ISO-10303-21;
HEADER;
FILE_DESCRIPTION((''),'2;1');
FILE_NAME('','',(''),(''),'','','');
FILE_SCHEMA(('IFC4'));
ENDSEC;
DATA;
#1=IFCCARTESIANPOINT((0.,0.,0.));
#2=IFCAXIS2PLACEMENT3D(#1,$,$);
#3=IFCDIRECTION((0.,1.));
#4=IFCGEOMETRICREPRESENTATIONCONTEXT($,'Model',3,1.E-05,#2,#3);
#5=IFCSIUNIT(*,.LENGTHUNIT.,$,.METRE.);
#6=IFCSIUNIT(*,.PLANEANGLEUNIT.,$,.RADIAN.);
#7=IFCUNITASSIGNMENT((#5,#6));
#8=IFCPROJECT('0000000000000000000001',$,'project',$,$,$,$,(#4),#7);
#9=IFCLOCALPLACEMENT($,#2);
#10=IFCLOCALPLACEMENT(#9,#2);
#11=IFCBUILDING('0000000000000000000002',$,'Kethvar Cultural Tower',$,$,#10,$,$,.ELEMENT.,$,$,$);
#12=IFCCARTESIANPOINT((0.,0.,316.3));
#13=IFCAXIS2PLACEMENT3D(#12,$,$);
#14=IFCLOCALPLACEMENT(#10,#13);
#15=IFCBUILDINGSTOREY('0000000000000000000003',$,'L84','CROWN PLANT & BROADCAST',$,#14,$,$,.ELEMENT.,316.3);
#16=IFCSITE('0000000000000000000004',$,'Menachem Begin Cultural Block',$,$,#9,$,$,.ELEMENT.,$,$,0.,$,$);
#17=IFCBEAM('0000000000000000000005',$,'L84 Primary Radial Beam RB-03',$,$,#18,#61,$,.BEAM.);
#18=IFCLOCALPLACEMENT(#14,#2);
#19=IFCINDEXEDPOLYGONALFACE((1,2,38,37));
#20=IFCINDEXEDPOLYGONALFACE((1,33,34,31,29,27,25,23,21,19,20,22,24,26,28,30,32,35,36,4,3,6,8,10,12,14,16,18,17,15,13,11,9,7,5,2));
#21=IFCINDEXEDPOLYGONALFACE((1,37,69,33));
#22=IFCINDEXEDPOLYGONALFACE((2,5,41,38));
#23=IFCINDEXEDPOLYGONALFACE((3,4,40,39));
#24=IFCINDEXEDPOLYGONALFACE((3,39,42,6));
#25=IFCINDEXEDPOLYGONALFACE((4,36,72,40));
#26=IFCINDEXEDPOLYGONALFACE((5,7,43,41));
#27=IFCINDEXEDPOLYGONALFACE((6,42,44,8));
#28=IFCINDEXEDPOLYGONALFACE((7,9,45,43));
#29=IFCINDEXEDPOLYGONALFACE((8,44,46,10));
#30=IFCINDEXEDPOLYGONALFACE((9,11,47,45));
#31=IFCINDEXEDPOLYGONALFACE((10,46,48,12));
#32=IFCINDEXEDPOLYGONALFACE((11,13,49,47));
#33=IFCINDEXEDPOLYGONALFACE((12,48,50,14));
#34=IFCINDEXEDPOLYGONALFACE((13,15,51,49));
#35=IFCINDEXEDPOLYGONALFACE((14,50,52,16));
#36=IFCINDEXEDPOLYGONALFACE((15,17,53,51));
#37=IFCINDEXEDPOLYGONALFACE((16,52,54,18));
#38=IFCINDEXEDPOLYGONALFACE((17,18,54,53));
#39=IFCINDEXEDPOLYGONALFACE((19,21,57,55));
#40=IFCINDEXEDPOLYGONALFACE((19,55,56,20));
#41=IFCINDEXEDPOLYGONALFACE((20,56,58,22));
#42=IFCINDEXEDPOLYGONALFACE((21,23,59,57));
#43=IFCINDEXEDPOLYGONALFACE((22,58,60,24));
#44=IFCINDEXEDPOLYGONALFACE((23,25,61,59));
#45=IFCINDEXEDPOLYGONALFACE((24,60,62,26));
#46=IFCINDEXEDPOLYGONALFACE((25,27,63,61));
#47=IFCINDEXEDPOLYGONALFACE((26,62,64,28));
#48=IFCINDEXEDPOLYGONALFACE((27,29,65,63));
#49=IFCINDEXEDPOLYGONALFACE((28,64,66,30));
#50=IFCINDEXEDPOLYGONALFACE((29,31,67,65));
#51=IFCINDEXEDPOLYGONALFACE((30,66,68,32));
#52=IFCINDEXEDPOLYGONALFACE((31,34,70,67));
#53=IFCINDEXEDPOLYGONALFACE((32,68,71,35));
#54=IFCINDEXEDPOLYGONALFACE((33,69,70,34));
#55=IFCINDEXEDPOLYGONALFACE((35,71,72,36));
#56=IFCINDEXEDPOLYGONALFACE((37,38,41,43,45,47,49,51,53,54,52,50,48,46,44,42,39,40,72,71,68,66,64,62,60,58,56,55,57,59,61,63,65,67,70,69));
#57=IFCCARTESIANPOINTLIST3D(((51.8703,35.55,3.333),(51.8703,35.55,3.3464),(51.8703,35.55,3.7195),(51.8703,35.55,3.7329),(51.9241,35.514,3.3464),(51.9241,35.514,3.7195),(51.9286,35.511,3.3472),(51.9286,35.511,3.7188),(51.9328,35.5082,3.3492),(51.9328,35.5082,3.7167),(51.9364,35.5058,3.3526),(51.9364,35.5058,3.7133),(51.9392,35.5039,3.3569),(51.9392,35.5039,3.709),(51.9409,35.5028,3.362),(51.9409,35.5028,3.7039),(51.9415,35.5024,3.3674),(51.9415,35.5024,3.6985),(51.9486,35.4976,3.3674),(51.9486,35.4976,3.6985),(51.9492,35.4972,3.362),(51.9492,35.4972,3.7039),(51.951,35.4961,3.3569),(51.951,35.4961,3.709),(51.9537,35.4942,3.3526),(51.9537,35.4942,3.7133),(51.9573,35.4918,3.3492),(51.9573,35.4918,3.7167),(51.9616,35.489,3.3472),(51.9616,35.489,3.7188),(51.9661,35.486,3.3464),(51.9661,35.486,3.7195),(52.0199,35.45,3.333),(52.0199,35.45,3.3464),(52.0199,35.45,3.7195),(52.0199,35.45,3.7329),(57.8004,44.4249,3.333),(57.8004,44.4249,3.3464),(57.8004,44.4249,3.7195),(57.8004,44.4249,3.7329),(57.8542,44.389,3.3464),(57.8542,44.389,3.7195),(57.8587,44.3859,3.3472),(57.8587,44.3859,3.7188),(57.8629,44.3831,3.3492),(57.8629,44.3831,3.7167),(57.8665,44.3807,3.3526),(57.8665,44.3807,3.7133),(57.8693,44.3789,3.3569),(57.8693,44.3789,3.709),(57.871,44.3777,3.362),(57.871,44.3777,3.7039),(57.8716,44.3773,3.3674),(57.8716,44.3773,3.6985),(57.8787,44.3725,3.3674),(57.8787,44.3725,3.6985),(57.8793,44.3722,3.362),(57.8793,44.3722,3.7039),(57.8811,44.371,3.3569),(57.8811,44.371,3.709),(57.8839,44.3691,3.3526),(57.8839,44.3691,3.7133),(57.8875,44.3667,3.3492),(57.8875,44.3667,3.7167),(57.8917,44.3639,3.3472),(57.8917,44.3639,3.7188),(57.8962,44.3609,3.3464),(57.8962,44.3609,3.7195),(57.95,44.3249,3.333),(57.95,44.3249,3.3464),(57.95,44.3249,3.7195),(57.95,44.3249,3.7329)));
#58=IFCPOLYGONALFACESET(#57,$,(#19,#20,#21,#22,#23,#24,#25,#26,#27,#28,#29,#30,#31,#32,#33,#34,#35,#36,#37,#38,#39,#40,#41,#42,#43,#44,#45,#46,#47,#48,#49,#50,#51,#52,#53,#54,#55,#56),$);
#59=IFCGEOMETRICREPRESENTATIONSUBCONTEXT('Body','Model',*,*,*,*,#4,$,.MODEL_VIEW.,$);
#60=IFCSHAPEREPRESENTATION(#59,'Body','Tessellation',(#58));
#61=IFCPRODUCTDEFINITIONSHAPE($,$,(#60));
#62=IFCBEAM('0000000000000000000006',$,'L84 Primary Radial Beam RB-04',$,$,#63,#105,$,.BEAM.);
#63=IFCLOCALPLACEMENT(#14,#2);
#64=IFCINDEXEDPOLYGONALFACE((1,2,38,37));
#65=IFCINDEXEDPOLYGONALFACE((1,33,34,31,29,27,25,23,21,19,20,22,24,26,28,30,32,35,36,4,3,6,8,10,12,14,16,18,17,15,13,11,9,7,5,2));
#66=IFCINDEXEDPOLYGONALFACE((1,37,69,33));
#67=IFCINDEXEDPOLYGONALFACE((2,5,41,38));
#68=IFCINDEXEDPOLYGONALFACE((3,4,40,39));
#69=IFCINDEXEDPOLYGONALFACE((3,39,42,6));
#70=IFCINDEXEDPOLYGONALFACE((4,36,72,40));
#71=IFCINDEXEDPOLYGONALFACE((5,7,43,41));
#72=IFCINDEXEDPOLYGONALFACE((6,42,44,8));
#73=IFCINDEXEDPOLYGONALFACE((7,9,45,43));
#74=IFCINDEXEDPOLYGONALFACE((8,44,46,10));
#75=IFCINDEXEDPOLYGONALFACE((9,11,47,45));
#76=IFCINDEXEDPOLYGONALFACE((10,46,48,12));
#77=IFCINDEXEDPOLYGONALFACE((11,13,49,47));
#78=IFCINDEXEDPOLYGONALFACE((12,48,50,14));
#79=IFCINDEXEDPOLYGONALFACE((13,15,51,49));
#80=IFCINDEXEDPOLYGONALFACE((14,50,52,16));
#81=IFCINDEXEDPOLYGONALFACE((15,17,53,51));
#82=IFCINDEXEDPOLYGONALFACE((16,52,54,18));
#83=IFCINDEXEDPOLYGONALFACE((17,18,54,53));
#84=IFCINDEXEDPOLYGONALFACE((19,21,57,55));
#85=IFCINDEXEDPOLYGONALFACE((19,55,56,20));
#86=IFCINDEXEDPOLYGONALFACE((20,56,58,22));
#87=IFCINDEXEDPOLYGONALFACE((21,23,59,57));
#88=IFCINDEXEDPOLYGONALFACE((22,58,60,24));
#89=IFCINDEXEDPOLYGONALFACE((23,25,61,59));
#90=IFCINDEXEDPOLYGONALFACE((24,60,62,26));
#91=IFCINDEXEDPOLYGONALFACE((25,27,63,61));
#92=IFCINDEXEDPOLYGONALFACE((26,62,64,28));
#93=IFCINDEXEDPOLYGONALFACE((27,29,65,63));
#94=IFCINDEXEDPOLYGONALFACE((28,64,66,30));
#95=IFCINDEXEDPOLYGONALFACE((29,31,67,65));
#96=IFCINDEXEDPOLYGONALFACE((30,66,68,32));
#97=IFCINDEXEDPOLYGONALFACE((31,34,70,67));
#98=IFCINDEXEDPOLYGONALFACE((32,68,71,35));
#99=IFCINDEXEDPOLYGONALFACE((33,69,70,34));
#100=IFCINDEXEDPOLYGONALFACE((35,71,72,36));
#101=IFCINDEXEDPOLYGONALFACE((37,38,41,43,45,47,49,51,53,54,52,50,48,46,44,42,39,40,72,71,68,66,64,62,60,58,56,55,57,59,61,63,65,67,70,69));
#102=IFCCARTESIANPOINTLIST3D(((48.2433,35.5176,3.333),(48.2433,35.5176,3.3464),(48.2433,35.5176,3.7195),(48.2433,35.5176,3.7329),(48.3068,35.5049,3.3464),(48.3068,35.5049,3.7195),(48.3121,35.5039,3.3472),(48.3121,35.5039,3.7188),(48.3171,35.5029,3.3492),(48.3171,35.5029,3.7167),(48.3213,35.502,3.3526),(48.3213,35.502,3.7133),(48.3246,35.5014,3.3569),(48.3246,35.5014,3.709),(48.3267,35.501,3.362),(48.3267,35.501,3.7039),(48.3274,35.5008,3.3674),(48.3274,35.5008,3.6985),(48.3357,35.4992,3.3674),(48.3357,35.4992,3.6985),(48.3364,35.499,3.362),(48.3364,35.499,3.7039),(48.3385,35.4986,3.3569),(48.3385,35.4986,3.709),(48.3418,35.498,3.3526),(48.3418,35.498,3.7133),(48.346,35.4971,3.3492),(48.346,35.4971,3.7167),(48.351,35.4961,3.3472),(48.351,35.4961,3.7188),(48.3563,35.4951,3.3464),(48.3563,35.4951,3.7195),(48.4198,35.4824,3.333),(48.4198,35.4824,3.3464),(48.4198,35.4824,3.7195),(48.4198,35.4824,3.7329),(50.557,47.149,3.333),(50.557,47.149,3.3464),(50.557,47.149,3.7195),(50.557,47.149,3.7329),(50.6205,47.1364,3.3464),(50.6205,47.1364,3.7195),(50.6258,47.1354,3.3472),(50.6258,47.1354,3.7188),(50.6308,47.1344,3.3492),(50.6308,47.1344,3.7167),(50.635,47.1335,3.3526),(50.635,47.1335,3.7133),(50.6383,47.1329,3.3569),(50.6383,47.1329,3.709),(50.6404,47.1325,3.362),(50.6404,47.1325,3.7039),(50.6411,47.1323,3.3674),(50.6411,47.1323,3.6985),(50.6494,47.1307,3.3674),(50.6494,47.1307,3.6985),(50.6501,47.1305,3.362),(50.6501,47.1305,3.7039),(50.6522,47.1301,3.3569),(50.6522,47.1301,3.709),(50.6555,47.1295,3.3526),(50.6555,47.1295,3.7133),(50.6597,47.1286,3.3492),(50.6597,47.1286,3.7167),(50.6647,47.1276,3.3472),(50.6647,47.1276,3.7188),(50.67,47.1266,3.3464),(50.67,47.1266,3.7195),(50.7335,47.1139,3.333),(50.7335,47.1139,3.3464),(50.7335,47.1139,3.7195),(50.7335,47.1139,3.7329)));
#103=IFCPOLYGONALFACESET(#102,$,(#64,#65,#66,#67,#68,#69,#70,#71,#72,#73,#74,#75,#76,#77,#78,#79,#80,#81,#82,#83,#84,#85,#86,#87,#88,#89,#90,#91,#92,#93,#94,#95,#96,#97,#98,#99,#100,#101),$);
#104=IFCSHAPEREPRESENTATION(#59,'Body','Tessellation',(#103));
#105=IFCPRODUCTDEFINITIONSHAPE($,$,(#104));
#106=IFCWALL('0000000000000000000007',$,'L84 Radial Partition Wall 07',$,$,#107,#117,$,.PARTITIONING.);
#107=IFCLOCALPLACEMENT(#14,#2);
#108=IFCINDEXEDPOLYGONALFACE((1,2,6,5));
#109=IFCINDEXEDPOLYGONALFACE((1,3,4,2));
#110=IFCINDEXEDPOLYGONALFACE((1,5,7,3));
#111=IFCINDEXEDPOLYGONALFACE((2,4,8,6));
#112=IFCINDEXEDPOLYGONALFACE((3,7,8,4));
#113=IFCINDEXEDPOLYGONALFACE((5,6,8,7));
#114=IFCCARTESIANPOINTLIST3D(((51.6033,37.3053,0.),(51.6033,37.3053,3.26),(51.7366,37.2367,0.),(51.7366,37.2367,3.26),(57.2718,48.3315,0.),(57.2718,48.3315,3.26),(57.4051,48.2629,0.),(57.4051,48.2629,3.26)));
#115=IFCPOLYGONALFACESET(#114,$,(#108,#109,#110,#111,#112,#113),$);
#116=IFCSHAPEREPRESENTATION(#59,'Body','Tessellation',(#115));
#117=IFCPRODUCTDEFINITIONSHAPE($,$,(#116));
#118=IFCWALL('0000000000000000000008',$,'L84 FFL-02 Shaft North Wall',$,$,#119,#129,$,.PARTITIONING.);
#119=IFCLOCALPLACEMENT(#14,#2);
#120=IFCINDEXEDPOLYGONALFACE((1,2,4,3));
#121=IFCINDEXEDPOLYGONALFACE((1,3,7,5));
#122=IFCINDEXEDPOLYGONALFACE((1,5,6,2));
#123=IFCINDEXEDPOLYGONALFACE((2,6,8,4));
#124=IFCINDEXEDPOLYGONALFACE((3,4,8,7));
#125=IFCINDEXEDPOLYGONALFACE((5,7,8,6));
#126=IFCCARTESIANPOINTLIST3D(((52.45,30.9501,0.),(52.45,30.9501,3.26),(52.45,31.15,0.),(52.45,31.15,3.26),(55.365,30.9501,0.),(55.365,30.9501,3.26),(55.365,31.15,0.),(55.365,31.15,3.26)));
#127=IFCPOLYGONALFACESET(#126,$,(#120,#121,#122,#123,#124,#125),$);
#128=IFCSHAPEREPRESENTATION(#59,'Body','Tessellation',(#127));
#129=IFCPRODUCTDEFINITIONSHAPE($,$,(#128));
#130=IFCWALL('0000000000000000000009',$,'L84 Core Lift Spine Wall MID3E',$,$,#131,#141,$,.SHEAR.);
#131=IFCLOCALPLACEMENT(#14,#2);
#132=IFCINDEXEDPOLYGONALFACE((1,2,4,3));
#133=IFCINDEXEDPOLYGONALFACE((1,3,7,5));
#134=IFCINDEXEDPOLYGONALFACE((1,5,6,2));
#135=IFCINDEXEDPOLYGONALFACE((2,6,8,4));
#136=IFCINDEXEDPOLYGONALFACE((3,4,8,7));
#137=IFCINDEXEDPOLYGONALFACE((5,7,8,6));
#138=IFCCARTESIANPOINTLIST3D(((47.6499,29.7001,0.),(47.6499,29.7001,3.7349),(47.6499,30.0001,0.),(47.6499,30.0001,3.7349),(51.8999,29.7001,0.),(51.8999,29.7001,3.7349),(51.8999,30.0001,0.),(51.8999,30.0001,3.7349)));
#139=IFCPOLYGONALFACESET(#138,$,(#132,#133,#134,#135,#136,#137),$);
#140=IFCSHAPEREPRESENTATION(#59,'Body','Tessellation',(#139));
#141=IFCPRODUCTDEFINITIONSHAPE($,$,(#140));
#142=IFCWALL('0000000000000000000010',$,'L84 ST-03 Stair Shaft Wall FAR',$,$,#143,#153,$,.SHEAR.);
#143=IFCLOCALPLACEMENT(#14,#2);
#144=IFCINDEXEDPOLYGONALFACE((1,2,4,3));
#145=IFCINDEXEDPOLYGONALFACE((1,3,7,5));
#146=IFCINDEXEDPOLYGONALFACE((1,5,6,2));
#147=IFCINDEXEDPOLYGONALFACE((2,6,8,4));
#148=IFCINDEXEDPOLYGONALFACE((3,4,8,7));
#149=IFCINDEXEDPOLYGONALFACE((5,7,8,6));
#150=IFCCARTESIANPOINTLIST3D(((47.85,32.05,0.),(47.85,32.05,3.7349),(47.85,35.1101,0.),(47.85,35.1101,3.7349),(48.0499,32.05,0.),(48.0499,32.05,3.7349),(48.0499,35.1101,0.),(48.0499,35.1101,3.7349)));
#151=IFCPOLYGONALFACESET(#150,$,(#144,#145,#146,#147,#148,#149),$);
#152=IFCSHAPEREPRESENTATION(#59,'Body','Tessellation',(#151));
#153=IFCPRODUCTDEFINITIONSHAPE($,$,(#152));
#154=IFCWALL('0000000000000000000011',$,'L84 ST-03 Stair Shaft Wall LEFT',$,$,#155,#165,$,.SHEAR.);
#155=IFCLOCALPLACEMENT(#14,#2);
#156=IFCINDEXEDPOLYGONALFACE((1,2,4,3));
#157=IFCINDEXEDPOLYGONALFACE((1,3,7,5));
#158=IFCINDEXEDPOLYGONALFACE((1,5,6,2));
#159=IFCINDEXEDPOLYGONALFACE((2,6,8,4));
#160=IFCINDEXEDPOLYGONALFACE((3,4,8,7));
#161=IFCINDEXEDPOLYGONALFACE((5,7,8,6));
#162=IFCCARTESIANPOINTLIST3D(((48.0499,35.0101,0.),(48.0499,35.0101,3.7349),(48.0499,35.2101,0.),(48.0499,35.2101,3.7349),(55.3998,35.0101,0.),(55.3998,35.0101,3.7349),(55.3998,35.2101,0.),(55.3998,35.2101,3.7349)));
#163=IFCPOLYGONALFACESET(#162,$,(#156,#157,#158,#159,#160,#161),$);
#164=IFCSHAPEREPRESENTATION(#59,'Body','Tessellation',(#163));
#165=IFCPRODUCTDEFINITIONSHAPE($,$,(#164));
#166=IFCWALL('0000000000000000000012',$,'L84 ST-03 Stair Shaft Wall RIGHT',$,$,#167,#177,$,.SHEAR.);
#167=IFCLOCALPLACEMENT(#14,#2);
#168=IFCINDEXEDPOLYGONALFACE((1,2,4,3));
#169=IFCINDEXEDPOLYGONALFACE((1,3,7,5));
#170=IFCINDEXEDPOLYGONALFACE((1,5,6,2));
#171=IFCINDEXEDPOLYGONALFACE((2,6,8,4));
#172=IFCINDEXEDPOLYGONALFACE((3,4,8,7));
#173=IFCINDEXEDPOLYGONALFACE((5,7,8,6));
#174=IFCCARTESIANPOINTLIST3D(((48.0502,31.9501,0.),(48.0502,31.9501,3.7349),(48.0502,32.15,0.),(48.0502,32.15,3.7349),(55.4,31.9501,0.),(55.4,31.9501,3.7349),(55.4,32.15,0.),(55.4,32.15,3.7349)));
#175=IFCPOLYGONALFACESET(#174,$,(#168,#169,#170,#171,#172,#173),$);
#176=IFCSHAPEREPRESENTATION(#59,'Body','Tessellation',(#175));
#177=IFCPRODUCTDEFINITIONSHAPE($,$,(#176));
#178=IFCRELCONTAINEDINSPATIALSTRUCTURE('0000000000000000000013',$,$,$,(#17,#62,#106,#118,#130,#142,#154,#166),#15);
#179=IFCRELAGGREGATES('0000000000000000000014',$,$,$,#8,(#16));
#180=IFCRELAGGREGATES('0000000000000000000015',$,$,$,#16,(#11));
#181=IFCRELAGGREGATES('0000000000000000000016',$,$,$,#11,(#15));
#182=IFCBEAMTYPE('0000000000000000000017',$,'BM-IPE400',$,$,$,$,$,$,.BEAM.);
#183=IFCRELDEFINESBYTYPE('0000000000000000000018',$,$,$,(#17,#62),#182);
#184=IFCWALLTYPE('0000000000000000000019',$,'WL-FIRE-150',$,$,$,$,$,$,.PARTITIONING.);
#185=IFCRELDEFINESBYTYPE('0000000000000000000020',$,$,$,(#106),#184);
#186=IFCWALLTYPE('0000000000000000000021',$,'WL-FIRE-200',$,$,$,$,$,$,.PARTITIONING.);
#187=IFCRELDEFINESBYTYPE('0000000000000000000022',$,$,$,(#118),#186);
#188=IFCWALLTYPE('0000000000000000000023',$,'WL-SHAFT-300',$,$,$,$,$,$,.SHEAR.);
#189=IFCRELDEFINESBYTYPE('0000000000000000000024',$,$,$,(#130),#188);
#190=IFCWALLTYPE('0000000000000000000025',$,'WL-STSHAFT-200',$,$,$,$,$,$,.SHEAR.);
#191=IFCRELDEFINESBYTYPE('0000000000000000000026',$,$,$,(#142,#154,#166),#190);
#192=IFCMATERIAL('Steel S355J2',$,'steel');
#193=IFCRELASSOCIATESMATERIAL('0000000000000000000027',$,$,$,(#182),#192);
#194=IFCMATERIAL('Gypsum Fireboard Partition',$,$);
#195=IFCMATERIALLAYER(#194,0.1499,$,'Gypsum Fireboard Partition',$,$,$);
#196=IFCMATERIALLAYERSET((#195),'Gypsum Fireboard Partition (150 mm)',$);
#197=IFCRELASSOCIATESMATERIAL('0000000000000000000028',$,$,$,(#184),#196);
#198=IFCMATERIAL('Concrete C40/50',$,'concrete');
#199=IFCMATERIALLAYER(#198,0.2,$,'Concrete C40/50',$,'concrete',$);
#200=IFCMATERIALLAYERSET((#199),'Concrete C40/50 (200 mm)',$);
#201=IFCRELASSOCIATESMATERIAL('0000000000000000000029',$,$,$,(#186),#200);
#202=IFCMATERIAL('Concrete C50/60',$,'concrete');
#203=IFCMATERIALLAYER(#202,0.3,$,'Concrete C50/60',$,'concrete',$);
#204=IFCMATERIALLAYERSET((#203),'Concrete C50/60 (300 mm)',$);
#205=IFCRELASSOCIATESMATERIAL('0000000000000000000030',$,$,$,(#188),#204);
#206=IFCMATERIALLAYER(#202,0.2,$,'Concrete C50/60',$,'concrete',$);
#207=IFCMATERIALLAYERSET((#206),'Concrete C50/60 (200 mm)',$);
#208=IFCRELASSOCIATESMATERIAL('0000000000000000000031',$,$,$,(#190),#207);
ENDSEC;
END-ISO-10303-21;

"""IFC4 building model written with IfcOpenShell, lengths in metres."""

from ifc_helpers import new_model, si_unit, direction, frame, frame_2d, origin, origin_2d, place, context, subcontext, project, spatial, rectangle, i_section, extrude, source, transform, mapped, material, layer, layer_set, material_profile, profile_set, type_object, element, save


model = new_model("IFC4")

# Units and contexts
model_context = context("Model", 3, precision=1e-05, world=origin(), true_north=direction((0.0, 1.0)))
body_context = subcontext(model_context, "Body", "Model", "MODEL_VIEW")
ifc_project = project(units=[si_unit("LENGTHUNIT", "METRE"), si_unit("PLANEANGLEUNIT", "RADIAN")], contexts=[model_context])

# Site, building, storey
site_placement = place(None, origin())
site = spatial("IfcSite", under=ifc_project, at=site_placement, Name="Menachem Begin Cultural Block", CompositionType="ELEMENT", RefElevation=0.0)
building_placement = place(site_placement, origin())
building = spatial("IfcBuilding", under=site, at=building_placement, Name="Kethvar Cultural Tower", CompositionType="ELEMENT")
storey_placement = place(building_placement, frame((0.0, 0.0, 316.3)))
storey = spatial("IfcBuildingStorey", under=building, at=storey_placement, Name="L84", Description="CROWN PLANT & BROADCAST", CompositionType="ELEMENT", Elevation=316.3)

# Beams
ifc_material_1 = material(Name="Steel S355J2", Category="steel")
ifc_material_profile_1 = material_profile(ifc_material_1, i_section(OverallWidth=0.1799, OverallDepth=0.3999, WebThickness=0.0085, FlangeThickness=0.0134, FilletRadius=0.021, at=origin_2d()), Name="Steel S355J2 — IPE400")
ifc_profile_set_1 = profile_set([ifc_material_profile_1], Name="Steel S355J2 — IPE400")
beam_type_1 = type_object("IfcBeamType", Name="BM-IPE400", PredefinedType="BEAM", material=ifc_profile_set_1)
shared_shape_1 = source(origin(), body_context, "Body", "SweptSolid", [
    extrude(i_section(OverallWidth=0.1799, OverallDepth=0.3999, WebThickness=0.0085, FlangeThickness=0.0134, FilletRadius=0.021, at=origin_2d()), origin(), (0.0, 0.0, 1.0), 10.6738),
])
beam_1_placement = place(storey_placement, frame((51.9451, 35.5, 3.533), z_axis=(0.555576, 0.831466, 0.0), x_axis=(-0.831466, 0.555576, 0.0)))
element("IfcBeam", 1, at=beam_1_placement, inside=storey, type_object=beam_type_1, Name="L84 Primary Radial Beam RB-03", PredefinedType="BEAM", context=body_context, shape_type="MappedRepresentation", body=[
    mapped(shared_shape_1, transform((0.0, 0.0, 0.0), scale=1.0)),
])
shared_shape_2 = source(origin(), body_context, "Body", "SweptSolid", [
    extrude(i_section(OverallWidth=0.1799, OverallDepth=0.3999, WebThickness=0.0085, FlangeThickness=0.0134, FilletRadius=0.021, at=origin_2d()), origin(), (0.0, 0.0, 1.0), 11.8594),
])
beam_2_placement = place(storey_placement, frame((48.3315, 35.5, 3.533), z_axis=(0.195095, 0.980784, 0.0), x_axis=(-0.980784, 0.195095, 0.0)))
element("IfcBeam", 2, at=beam_2_placement, inside=storey, type_object=beam_type_1, Name="L84 Primary Radial Beam RB-04", PredefinedType="BEAM", context=body_context, shape_type="MappedRepresentation", body=[
    mapped(shared_shape_2, transform((0.0, 0.0, 0.0), scale=1.0)),
])

# Walls
ifc_material_2 = material(Name="Gypsum Fireboard Partition")
ifc_layer_1 = layer(ifc_material_2, 0.1499, Name="Gypsum Fireboard Partition")
ifc_layer_set_1 = layer_set([ifc_layer_1], Name="Gypsum Fireboard Partition (150 mm)")
wall_type_1 = type_object("IfcWallType", Name="WL-FIRE-150", PredefinedType="PARTITIONING", material=ifc_layer_set_1)
wall_1_placement = place(storey_placement, frame((51.6699, 37.271, 0.0), z_axis=(0.0, 0.0, 1.0), x_axis=(0.457213, 0.889357, 0.0)))
element("IfcWall", 3, at=wall_1_placement, inside=storey, type_object=wall_type_1, Name="L84 Radial Partition Wall 07", PredefinedType="PARTITIONING", context=body_context, shape_type="SweptSolid", body=[
    extrude(rectangle(XDim=12.3979, YDim=0.1499, at=frame_2d((6.199, 0.0))), origin(), (0.0, 0.0, 1.0), 3.26),
])
ifc_material_3 = material(Name="Concrete C40/50", Category="concrete")
ifc_layer_2 = layer(ifc_material_3, 0.2, Name="Concrete C40/50", Category="concrete")
ifc_layer_set_2 = layer_set([ifc_layer_2], Name="Concrete C40/50 (200 mm)")
wall_type_2 = type_object("IfcWallType", Name="WL-FIRE-200", PredefinedType="PARTITIONING", material=ifc_layer_set_2)
wall_2_placement = place(storey_placement, frame((52.45, 31.05, 0.0), z_axis=(0.0, 0.0, 1.0), x_axis=(1.0, 0.0, 0.0)))
element("IfcWall", 4, at=wall_2_placement, inside=storey, type_object=wall_type_2, Name="L84 FFL-02 Shaft North Wall", PredefinedType="PARTITIONING", context=body_context, shape_type="SweptSolid", body=[
    extrude(rectangle(XDim=2.915, YDim=0.2, at=frame_2d((1.4575, 0.0))), origin(), (0.0, 0.0, 1.0), 3.26),
])
ifc_material_4 = material(Name="Concrete C50/60", Category="concrete")
ifc_layer_3 = layer(ifc_material_4, 0.3, Name="Concrete C50/60", Category="concrete")
ifc_layer_set_3 = layer_set([ifc_layer_3], Name="Concrete C50/60 (300 mm)")
wall_type_3 = type_object("IfcWallType", Name="WL-SHAFT-300", PredefinedType="SHEAR", material=ifc_layer_set_3)
wall_3_placement = place(storey_placement, frame((47.6499, 29.8501, 0.0), z_axis=(0.0, 0.0, 1.0), x_axis=(1.0, 0.0, 0.0)))
element("IfcWall", 5, at=wall_3_placement, inside=storey, type_object=wall_type_3, Name="L84 Core Lift Spine Wall MID3E", PredefinedType="SHEAR", context=body_context, shape_type="SweptSolid", body=[
    extrude(rectangle(XDim=4.25, YDim=0.3, at=frame_2d((2.125, 0.0))), origin(), (0.0, 0.0, 1.0), 3.7349),
])
ifc_layer_4 = layer(ifc_material_4, 0.2, Name="Concrete C50/60", Category="concrete")
ifc_layer_set_4 = layer_set([ifc_layer_4], Name="Concrete C50/60 (200 mm)")
wall_type_4 = type_object("IfcWallType", Name="WL-STSHAFT-200", PredefinedType="SHEAR", material=ifc_layer_set_4)
wall_4_placement = place(storey_placement, frame((47.95, 32.05, 0.0), z_axis=(0.0, 0.0, 1.0), x_axis=(0.0, 1.0, 0.0)))
element("IfcWall", 6, at=wall_4_placement, inside=storey, type_object=wall_type_4, Name="L84 ST-03 Stair Shaft Wall FAR", PredefinedType="SHEAR", context=body_context, shape_type="SweptSolid", body=[
    extrude(rectangle(XDim=3.0601, YDim=0.2, at=frame_2d((1.53, 0.0))), origin(), (0.0, 0.0, 1.0), 3.7349),
])
for number, where, z_axis, x_axis, name in (
    (7, (48.05, 35.1101, 0.0), (0.0, 0.0, 1.0), (1.0, 0.0, 0.0), "L84 ST-03 Stair Shaft Wall LEFT"),
    (8, (55.3999, 32.05, 0.0), (0.0, 0.0, 1.0), (-1.0, 0.0, 0.0), "L84 ST-03 Stair Shaft Wall RIGHT"),
):
    element("IfcWall", number, at=place(storey_placement, frame(where, z_axis=z_axis, x_axis=x_axis)), inside=storey, type_object=wall_type_4, Name=name, PredefinedType="SHEAR", context=body_context, shape_type="SweptSolid", body=[
        extrude(rectangle(XDim=7.3499, YDim=0.2, at=frame_2d((3.6748, 0.0))), origin(), (0.0, 0.0, 1.0), 3.7349),
    ])

save(model, "model.ifc")
